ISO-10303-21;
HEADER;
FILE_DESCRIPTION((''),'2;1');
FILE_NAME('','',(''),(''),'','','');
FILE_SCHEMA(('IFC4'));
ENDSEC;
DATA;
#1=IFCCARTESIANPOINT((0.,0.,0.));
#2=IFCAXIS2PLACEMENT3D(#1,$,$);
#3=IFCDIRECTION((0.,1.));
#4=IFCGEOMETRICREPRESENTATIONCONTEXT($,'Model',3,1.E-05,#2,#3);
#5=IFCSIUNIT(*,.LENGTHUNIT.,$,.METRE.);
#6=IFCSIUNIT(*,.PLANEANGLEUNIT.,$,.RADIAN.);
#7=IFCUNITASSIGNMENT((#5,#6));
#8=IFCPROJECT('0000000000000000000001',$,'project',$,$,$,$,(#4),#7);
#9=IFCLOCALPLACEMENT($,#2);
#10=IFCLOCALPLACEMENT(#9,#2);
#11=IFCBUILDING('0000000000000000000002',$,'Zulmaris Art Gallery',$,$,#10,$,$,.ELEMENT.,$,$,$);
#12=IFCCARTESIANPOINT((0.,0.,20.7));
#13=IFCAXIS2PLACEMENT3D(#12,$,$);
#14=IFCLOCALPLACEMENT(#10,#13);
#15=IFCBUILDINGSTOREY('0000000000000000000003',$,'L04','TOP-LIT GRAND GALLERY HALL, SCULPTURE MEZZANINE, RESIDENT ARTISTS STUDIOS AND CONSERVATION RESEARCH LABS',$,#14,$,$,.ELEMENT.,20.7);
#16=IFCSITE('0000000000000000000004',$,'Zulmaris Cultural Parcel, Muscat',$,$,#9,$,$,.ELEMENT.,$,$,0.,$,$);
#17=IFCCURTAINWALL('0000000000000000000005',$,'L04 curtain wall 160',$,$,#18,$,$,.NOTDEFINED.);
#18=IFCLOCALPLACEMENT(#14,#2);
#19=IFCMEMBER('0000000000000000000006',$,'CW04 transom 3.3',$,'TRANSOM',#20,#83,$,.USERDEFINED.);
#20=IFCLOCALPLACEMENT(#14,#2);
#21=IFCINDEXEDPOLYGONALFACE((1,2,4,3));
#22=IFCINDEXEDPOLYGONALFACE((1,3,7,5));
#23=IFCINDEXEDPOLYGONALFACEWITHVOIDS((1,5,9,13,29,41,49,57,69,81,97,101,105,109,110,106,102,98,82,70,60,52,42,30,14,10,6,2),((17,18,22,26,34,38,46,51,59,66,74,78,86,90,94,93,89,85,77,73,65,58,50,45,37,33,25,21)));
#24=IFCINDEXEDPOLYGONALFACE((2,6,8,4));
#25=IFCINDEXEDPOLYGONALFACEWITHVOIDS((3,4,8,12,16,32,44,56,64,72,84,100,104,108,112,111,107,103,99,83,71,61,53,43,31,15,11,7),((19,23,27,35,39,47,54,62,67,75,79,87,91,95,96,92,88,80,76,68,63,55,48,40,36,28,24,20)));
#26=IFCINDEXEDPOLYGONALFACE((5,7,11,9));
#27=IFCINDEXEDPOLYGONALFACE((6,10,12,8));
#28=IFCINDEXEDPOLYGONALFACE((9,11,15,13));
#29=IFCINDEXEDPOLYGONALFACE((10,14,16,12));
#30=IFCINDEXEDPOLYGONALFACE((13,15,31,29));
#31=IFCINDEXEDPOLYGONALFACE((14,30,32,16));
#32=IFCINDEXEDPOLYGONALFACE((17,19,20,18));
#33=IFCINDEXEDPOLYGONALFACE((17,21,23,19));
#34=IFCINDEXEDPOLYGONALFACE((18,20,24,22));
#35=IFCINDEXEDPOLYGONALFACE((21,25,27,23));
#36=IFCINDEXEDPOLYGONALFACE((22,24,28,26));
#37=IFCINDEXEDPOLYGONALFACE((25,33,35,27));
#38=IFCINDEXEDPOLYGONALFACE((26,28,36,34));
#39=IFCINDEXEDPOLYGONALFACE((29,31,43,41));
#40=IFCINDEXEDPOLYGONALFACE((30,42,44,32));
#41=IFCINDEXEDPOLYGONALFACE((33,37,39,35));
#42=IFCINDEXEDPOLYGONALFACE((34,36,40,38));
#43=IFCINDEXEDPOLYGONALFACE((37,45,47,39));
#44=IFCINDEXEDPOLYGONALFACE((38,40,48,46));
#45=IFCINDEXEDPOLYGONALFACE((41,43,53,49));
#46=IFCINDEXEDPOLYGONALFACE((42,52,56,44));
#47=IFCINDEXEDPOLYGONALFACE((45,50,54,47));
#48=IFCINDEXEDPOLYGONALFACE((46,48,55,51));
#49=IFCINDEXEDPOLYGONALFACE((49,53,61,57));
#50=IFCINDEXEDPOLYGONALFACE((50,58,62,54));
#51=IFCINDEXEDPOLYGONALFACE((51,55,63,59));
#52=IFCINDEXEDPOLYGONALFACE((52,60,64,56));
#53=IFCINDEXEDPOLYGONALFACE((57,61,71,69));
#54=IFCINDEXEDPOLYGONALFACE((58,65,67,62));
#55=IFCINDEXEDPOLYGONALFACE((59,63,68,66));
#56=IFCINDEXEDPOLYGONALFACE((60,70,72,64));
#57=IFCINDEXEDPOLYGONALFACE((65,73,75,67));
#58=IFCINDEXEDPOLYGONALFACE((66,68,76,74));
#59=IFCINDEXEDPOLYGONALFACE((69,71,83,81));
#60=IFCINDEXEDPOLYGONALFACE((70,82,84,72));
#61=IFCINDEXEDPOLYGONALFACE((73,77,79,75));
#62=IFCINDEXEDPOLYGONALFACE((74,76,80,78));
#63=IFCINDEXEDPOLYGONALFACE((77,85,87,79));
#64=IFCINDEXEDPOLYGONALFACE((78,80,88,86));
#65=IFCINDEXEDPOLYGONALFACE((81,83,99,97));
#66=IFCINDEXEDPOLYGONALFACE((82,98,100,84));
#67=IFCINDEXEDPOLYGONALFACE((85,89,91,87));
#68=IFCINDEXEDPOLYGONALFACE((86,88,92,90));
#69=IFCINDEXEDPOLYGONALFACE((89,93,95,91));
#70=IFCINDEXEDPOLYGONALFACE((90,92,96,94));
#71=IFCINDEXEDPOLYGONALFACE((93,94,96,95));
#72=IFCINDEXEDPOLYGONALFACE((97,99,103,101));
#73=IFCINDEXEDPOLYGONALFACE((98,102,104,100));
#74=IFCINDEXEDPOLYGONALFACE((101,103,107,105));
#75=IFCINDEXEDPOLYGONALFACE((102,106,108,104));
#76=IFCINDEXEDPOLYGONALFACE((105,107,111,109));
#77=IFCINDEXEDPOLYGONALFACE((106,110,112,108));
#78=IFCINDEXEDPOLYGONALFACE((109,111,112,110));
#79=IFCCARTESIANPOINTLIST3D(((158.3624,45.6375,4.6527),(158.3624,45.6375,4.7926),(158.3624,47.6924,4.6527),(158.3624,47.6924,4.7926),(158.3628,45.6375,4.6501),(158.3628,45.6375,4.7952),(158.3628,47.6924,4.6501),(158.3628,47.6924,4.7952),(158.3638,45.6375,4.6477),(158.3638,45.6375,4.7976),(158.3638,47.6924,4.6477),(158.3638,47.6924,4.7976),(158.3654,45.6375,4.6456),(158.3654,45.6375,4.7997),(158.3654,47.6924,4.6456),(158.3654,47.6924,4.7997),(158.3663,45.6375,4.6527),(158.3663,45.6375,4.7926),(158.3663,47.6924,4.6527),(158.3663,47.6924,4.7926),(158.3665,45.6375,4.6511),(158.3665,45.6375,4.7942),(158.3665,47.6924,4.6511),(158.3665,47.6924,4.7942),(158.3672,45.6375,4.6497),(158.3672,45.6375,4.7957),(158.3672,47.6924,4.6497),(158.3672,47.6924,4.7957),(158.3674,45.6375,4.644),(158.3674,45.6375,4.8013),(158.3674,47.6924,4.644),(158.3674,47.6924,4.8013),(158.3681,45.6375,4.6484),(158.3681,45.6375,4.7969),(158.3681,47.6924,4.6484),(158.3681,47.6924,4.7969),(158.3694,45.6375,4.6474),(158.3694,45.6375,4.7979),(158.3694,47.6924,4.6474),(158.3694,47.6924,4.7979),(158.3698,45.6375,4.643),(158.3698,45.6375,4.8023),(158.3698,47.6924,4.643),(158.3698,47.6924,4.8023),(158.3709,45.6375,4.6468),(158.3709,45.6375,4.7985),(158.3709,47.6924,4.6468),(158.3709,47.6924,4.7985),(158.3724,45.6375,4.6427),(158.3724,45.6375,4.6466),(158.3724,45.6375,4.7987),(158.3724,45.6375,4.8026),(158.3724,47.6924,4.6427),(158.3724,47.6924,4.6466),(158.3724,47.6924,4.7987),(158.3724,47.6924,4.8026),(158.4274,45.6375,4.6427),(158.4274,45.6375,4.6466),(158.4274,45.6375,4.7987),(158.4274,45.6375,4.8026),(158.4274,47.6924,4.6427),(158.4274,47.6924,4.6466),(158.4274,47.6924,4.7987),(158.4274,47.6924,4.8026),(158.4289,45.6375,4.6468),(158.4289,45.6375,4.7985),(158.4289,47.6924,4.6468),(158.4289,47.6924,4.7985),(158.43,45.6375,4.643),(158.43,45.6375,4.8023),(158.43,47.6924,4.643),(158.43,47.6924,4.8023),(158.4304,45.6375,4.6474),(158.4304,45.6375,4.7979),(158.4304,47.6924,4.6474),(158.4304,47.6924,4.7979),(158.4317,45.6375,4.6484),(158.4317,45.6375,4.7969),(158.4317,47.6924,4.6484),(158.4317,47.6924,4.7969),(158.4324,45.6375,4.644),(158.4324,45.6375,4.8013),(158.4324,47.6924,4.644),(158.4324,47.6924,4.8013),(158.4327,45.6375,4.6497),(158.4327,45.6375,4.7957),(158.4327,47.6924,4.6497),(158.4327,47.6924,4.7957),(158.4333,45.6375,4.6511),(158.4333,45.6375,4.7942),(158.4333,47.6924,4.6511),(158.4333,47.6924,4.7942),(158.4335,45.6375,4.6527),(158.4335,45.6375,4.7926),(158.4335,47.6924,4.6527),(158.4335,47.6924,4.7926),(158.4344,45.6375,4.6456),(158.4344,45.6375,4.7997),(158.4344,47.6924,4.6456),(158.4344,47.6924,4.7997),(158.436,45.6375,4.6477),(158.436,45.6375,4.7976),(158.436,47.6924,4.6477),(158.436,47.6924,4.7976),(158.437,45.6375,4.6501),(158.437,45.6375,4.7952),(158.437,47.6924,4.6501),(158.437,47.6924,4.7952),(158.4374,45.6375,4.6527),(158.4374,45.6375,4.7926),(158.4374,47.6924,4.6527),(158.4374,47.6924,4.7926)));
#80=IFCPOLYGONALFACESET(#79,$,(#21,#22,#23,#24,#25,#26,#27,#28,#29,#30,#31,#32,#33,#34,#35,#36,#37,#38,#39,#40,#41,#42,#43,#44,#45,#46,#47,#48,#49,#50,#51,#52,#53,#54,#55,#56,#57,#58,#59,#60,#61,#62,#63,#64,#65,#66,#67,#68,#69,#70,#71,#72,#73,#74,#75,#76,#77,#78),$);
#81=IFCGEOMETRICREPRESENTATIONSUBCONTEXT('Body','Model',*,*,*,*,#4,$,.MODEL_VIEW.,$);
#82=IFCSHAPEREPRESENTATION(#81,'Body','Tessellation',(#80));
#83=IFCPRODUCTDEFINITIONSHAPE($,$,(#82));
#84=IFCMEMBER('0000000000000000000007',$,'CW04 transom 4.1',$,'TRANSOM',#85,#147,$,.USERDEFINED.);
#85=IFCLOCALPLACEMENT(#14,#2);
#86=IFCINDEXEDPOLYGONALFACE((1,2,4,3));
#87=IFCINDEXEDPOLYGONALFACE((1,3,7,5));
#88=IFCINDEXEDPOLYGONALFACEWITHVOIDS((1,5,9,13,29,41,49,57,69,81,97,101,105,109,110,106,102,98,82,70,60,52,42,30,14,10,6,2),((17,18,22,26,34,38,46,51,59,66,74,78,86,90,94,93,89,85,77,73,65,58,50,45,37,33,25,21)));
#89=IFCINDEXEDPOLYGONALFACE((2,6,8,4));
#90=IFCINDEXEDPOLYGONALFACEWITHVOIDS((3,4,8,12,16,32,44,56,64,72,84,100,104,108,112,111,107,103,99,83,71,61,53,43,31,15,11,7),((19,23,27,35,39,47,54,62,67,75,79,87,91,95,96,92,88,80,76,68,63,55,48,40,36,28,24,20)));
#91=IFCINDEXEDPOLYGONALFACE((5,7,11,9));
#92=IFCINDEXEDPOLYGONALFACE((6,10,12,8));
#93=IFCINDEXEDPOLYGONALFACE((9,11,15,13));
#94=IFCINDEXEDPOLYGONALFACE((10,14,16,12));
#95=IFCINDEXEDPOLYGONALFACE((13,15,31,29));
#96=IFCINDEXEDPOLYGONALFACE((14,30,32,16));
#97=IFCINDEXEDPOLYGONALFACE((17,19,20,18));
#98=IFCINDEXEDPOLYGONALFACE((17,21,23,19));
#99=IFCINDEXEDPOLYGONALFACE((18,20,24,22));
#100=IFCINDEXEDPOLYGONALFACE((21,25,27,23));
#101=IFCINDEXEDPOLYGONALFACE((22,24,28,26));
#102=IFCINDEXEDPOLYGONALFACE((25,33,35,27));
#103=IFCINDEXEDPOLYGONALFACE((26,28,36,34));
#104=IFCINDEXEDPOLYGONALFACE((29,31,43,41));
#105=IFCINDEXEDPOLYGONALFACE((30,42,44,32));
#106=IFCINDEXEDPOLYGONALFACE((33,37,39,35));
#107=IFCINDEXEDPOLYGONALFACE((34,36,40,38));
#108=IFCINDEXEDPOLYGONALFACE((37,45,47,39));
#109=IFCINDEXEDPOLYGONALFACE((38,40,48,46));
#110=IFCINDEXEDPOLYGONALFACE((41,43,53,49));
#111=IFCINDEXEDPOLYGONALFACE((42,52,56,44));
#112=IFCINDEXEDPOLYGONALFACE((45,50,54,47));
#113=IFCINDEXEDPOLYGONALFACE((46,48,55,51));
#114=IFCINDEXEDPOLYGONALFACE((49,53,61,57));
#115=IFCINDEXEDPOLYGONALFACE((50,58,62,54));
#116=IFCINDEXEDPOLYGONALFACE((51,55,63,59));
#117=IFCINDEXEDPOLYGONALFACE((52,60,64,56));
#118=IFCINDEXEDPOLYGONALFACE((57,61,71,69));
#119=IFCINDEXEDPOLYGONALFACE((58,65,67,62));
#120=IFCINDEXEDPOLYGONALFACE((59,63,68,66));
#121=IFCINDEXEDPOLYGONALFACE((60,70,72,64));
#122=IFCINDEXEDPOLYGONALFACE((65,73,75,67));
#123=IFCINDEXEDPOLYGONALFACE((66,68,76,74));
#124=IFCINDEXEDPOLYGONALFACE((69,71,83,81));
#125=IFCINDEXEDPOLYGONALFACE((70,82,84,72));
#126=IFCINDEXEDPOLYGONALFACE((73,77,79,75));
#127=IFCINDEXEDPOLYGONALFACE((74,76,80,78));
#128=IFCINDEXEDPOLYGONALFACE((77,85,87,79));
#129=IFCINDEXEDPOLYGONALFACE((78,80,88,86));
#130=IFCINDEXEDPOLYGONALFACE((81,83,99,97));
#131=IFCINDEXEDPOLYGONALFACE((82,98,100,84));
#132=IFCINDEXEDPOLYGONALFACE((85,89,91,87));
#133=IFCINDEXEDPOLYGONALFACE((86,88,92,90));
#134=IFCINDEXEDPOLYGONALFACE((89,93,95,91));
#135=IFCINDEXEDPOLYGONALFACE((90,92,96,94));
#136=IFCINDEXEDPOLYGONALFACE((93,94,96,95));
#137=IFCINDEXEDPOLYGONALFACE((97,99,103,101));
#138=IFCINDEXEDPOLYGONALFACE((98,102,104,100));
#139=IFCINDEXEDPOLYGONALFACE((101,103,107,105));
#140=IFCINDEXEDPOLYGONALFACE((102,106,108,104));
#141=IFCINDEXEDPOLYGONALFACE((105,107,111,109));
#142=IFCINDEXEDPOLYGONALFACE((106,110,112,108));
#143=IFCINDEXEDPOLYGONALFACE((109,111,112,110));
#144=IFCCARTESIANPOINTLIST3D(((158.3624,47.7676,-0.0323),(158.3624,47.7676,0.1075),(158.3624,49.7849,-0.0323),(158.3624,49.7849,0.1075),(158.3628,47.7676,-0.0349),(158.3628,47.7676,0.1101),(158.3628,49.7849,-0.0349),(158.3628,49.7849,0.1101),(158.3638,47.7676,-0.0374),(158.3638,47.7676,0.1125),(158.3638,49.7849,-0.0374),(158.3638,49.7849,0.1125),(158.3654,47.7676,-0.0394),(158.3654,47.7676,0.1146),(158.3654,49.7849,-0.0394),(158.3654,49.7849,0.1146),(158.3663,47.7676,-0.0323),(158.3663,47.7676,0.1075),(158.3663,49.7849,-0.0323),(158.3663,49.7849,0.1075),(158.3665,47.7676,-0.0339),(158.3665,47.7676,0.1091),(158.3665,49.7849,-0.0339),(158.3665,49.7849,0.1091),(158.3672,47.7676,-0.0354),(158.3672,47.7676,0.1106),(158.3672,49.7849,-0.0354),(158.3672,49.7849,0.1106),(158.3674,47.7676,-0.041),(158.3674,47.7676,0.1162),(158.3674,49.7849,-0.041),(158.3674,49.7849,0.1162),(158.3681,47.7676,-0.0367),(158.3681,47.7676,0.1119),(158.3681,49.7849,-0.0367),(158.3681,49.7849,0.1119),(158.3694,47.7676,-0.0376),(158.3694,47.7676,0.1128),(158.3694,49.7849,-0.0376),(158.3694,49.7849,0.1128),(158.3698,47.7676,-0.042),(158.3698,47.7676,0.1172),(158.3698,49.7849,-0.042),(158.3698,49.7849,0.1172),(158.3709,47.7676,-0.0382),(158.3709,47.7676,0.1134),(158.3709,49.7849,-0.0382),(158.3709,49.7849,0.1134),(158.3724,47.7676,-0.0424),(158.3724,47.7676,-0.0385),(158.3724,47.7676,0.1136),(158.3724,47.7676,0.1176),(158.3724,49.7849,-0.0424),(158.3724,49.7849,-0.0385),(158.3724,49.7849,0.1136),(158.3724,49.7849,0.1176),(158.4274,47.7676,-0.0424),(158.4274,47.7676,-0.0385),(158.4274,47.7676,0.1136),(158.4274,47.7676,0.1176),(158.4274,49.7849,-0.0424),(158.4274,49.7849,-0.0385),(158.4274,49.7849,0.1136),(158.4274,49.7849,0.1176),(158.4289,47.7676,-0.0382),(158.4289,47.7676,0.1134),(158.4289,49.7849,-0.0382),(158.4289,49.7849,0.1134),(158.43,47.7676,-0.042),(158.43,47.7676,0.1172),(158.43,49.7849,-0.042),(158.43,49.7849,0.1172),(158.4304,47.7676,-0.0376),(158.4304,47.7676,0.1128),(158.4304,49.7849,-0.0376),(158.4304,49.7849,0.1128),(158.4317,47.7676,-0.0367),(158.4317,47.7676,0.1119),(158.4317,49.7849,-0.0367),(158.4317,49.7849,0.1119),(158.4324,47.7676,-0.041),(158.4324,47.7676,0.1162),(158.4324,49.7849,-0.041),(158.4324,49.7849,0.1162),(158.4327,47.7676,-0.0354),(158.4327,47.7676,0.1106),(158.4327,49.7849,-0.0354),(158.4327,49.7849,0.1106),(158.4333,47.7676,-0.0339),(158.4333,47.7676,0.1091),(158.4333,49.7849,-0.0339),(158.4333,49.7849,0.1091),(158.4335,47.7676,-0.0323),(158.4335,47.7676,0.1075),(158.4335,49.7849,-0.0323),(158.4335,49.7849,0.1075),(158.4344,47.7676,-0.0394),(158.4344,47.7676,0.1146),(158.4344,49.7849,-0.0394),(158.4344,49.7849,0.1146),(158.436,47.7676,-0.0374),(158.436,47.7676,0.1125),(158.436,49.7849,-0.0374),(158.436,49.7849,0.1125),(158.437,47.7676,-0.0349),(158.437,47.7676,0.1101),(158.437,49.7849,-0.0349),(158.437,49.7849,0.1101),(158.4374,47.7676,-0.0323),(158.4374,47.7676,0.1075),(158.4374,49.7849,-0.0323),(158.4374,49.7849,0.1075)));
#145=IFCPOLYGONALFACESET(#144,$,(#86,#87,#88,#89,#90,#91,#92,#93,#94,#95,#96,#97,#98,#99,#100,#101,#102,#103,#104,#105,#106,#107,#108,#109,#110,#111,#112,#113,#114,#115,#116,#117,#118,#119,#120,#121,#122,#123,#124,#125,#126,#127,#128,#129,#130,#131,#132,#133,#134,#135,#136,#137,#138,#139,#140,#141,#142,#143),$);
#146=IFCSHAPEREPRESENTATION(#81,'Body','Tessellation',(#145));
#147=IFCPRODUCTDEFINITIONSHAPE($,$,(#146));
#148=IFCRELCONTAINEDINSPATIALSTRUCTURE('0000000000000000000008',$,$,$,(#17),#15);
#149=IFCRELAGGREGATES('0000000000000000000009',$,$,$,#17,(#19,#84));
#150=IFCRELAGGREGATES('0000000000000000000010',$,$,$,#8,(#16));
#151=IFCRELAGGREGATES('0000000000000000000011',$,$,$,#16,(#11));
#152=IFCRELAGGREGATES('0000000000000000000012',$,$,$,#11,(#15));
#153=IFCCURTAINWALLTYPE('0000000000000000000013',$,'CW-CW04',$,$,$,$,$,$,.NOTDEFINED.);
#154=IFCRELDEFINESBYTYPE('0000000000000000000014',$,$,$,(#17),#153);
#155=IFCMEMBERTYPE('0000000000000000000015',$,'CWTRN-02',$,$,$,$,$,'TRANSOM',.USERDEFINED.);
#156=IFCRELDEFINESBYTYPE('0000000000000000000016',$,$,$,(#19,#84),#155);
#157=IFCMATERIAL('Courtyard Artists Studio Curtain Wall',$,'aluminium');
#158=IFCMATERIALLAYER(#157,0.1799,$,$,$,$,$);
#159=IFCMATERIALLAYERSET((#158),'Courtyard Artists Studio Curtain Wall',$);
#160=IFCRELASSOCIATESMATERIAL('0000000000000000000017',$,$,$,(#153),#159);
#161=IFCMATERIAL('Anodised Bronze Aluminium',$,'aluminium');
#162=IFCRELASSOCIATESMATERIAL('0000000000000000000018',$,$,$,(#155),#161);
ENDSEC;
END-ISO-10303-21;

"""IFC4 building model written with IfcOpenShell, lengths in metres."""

from ifc_helpers import new_model, si_unit, direction, frame, origin, origin_2d, place, context, subcontext, project, spatial, hollow_rectangle, extrude, material, layer, layer_set, material_profile, profile_set, type_object, element, aggregate, save


model = new_model("IFC4")

# Units and contexts
model_context = context("Model", 3, precision=1e-05, world=origin(), true_north=direction((0.0, 1.0)))
body_context = subcontext(model_context, "Body", "Model", "MODEL_VIEW")
ifc_project = project(units=[si_unit("LENGTHUNIT", "METRE"), si_unit("PLANEANGLEUNIT", "RADIAN")], contexts=[model_context])

# Site, building, storey
site_placement = place(None, origin())
site = spatial("IfcSite", under=ifc_project, at=site_placement, Name="Zulmaris Cultural Parcel, Muscat", CompositionType="ELEMENT", RefElevation=0.0)
building_placement = place(site_placement, origin())
building = spatial("IfcBuilding", under=site, at=building_placement, Name="Zulmaris Art Gallery", CompositionType="ELEMENT")
storey_placement = place(building_placement, frame((0.0, 0.0, 20.7)))
storey = spatial("IfcBuildingStorey", under=building, at=storey_placement, Name="L04", Description="TOP-LIT GRAND GALLERY HALL, SCULPTURE MEZZANINE, RESIDENT ARTISTS STUDIOS AND CONSERVATION RESEARCH LABS", CompositionType="ELEMENT", Elevation=20.7)

# Curtain wall
ifc_material_1 = material(Name="Courtyard Artists Studio Curtain Wall", Category="aluminium")
ifc_layer_1 = layer(ifc_material_1, 0.1799)
ifc_layer_set_1 = layer_set([ifc_layer_1], Name="Courtyard Artists Studio Curtain Wall")
curtain_wall_type = type_object("IfcCurtainWallType", Name="CW-CW04", PredefinedType="NOTDEFINED", material=ifc_layer_set_1)
curtain_wall_1_placement = place(storey_placement, origin())
curtain_wall_1 = element("IfcCurtainWall", 1, at=curtain_wall_1_placement, inside=storey, type_object=curtain_wall_type, Name="L04 curtain wall 160", PredefinedType="NOTDEFINED")
ifc_material_2 = material(Name="Anodised Bronze Aluminium", Category="aluminium")

# Members
ifc_material_profile_1 = material_profile(ifc_material_2, hollow_rectangle(XDim=0.075, YDim=0.1599, WallThickness=0.0039, InnerFilletRadius=0.0061, OuterFilletRadius=0.01, at=origin_2d()), Name="ALU 75x160x4")
ifc_profile_set_1 = profile_set([ifc_material_profile_1], Name="Anodised Bronze Aluminium")
member_type_1 = type_object("IfcMemberType", Name="CWTRN-02", ElementType="TRANSOM", PredefinedType="USERDEFINED", material=ifc_profile_set_1)
member_1_placement = place(storey_placement, frame((158.3999, 45.6375, 4.7227), z_axis=(0.0, 1.0, 0.0), x_axis=(-1.0, 0.0, 0.0)))
member_1 = element("IfcMember", 2, at=member_1_placement, type_object=member_type_1, Name="CW04 transom 3.3", ObjectType="TRANSOM", PredefinedType="USERDEFINED", context=body_context, shape_type="SweptSolid", body=[
    extrude(hollow_rectangle(XDim=0.075, YDim=0.1599, WallThickness=0.0039, InnerFilletRadius=0.0061, OuterFilletRadius=0.01, at=origin_2d()), origin(), (0.0, 0.0, 1.0), 2.0549),
])
member_2_placement = place(storey_placement, frame((158.3999, 47.7676, 0.0376), z_axis=(0.0, 1.0, 0.0), x_axis=(-1.0, 0.0, 0.0)))
member_2 = element("IfcMember", 3, at=member_2_placement, type_object=member_type_1, Name="CW04 transom 4.1", ObjectType="TRANSOM", PredefinedType="USERDEFINED", context=body_context, shape_type="SweptSolid", body=[
    extrude(hollow_rectangle(XDim=0.075, YDim=0.1599, WallThickness=0.0039, InnerFilletRadius=0.0061, OuterFilletRadius=0.01, at=origin_2d()), origin(), (0.0, 0.0, 1.0), 2.0173),
])

aggregate(curtain_wall_1, [member_1, member_2])

save(model, "model.ifc")
